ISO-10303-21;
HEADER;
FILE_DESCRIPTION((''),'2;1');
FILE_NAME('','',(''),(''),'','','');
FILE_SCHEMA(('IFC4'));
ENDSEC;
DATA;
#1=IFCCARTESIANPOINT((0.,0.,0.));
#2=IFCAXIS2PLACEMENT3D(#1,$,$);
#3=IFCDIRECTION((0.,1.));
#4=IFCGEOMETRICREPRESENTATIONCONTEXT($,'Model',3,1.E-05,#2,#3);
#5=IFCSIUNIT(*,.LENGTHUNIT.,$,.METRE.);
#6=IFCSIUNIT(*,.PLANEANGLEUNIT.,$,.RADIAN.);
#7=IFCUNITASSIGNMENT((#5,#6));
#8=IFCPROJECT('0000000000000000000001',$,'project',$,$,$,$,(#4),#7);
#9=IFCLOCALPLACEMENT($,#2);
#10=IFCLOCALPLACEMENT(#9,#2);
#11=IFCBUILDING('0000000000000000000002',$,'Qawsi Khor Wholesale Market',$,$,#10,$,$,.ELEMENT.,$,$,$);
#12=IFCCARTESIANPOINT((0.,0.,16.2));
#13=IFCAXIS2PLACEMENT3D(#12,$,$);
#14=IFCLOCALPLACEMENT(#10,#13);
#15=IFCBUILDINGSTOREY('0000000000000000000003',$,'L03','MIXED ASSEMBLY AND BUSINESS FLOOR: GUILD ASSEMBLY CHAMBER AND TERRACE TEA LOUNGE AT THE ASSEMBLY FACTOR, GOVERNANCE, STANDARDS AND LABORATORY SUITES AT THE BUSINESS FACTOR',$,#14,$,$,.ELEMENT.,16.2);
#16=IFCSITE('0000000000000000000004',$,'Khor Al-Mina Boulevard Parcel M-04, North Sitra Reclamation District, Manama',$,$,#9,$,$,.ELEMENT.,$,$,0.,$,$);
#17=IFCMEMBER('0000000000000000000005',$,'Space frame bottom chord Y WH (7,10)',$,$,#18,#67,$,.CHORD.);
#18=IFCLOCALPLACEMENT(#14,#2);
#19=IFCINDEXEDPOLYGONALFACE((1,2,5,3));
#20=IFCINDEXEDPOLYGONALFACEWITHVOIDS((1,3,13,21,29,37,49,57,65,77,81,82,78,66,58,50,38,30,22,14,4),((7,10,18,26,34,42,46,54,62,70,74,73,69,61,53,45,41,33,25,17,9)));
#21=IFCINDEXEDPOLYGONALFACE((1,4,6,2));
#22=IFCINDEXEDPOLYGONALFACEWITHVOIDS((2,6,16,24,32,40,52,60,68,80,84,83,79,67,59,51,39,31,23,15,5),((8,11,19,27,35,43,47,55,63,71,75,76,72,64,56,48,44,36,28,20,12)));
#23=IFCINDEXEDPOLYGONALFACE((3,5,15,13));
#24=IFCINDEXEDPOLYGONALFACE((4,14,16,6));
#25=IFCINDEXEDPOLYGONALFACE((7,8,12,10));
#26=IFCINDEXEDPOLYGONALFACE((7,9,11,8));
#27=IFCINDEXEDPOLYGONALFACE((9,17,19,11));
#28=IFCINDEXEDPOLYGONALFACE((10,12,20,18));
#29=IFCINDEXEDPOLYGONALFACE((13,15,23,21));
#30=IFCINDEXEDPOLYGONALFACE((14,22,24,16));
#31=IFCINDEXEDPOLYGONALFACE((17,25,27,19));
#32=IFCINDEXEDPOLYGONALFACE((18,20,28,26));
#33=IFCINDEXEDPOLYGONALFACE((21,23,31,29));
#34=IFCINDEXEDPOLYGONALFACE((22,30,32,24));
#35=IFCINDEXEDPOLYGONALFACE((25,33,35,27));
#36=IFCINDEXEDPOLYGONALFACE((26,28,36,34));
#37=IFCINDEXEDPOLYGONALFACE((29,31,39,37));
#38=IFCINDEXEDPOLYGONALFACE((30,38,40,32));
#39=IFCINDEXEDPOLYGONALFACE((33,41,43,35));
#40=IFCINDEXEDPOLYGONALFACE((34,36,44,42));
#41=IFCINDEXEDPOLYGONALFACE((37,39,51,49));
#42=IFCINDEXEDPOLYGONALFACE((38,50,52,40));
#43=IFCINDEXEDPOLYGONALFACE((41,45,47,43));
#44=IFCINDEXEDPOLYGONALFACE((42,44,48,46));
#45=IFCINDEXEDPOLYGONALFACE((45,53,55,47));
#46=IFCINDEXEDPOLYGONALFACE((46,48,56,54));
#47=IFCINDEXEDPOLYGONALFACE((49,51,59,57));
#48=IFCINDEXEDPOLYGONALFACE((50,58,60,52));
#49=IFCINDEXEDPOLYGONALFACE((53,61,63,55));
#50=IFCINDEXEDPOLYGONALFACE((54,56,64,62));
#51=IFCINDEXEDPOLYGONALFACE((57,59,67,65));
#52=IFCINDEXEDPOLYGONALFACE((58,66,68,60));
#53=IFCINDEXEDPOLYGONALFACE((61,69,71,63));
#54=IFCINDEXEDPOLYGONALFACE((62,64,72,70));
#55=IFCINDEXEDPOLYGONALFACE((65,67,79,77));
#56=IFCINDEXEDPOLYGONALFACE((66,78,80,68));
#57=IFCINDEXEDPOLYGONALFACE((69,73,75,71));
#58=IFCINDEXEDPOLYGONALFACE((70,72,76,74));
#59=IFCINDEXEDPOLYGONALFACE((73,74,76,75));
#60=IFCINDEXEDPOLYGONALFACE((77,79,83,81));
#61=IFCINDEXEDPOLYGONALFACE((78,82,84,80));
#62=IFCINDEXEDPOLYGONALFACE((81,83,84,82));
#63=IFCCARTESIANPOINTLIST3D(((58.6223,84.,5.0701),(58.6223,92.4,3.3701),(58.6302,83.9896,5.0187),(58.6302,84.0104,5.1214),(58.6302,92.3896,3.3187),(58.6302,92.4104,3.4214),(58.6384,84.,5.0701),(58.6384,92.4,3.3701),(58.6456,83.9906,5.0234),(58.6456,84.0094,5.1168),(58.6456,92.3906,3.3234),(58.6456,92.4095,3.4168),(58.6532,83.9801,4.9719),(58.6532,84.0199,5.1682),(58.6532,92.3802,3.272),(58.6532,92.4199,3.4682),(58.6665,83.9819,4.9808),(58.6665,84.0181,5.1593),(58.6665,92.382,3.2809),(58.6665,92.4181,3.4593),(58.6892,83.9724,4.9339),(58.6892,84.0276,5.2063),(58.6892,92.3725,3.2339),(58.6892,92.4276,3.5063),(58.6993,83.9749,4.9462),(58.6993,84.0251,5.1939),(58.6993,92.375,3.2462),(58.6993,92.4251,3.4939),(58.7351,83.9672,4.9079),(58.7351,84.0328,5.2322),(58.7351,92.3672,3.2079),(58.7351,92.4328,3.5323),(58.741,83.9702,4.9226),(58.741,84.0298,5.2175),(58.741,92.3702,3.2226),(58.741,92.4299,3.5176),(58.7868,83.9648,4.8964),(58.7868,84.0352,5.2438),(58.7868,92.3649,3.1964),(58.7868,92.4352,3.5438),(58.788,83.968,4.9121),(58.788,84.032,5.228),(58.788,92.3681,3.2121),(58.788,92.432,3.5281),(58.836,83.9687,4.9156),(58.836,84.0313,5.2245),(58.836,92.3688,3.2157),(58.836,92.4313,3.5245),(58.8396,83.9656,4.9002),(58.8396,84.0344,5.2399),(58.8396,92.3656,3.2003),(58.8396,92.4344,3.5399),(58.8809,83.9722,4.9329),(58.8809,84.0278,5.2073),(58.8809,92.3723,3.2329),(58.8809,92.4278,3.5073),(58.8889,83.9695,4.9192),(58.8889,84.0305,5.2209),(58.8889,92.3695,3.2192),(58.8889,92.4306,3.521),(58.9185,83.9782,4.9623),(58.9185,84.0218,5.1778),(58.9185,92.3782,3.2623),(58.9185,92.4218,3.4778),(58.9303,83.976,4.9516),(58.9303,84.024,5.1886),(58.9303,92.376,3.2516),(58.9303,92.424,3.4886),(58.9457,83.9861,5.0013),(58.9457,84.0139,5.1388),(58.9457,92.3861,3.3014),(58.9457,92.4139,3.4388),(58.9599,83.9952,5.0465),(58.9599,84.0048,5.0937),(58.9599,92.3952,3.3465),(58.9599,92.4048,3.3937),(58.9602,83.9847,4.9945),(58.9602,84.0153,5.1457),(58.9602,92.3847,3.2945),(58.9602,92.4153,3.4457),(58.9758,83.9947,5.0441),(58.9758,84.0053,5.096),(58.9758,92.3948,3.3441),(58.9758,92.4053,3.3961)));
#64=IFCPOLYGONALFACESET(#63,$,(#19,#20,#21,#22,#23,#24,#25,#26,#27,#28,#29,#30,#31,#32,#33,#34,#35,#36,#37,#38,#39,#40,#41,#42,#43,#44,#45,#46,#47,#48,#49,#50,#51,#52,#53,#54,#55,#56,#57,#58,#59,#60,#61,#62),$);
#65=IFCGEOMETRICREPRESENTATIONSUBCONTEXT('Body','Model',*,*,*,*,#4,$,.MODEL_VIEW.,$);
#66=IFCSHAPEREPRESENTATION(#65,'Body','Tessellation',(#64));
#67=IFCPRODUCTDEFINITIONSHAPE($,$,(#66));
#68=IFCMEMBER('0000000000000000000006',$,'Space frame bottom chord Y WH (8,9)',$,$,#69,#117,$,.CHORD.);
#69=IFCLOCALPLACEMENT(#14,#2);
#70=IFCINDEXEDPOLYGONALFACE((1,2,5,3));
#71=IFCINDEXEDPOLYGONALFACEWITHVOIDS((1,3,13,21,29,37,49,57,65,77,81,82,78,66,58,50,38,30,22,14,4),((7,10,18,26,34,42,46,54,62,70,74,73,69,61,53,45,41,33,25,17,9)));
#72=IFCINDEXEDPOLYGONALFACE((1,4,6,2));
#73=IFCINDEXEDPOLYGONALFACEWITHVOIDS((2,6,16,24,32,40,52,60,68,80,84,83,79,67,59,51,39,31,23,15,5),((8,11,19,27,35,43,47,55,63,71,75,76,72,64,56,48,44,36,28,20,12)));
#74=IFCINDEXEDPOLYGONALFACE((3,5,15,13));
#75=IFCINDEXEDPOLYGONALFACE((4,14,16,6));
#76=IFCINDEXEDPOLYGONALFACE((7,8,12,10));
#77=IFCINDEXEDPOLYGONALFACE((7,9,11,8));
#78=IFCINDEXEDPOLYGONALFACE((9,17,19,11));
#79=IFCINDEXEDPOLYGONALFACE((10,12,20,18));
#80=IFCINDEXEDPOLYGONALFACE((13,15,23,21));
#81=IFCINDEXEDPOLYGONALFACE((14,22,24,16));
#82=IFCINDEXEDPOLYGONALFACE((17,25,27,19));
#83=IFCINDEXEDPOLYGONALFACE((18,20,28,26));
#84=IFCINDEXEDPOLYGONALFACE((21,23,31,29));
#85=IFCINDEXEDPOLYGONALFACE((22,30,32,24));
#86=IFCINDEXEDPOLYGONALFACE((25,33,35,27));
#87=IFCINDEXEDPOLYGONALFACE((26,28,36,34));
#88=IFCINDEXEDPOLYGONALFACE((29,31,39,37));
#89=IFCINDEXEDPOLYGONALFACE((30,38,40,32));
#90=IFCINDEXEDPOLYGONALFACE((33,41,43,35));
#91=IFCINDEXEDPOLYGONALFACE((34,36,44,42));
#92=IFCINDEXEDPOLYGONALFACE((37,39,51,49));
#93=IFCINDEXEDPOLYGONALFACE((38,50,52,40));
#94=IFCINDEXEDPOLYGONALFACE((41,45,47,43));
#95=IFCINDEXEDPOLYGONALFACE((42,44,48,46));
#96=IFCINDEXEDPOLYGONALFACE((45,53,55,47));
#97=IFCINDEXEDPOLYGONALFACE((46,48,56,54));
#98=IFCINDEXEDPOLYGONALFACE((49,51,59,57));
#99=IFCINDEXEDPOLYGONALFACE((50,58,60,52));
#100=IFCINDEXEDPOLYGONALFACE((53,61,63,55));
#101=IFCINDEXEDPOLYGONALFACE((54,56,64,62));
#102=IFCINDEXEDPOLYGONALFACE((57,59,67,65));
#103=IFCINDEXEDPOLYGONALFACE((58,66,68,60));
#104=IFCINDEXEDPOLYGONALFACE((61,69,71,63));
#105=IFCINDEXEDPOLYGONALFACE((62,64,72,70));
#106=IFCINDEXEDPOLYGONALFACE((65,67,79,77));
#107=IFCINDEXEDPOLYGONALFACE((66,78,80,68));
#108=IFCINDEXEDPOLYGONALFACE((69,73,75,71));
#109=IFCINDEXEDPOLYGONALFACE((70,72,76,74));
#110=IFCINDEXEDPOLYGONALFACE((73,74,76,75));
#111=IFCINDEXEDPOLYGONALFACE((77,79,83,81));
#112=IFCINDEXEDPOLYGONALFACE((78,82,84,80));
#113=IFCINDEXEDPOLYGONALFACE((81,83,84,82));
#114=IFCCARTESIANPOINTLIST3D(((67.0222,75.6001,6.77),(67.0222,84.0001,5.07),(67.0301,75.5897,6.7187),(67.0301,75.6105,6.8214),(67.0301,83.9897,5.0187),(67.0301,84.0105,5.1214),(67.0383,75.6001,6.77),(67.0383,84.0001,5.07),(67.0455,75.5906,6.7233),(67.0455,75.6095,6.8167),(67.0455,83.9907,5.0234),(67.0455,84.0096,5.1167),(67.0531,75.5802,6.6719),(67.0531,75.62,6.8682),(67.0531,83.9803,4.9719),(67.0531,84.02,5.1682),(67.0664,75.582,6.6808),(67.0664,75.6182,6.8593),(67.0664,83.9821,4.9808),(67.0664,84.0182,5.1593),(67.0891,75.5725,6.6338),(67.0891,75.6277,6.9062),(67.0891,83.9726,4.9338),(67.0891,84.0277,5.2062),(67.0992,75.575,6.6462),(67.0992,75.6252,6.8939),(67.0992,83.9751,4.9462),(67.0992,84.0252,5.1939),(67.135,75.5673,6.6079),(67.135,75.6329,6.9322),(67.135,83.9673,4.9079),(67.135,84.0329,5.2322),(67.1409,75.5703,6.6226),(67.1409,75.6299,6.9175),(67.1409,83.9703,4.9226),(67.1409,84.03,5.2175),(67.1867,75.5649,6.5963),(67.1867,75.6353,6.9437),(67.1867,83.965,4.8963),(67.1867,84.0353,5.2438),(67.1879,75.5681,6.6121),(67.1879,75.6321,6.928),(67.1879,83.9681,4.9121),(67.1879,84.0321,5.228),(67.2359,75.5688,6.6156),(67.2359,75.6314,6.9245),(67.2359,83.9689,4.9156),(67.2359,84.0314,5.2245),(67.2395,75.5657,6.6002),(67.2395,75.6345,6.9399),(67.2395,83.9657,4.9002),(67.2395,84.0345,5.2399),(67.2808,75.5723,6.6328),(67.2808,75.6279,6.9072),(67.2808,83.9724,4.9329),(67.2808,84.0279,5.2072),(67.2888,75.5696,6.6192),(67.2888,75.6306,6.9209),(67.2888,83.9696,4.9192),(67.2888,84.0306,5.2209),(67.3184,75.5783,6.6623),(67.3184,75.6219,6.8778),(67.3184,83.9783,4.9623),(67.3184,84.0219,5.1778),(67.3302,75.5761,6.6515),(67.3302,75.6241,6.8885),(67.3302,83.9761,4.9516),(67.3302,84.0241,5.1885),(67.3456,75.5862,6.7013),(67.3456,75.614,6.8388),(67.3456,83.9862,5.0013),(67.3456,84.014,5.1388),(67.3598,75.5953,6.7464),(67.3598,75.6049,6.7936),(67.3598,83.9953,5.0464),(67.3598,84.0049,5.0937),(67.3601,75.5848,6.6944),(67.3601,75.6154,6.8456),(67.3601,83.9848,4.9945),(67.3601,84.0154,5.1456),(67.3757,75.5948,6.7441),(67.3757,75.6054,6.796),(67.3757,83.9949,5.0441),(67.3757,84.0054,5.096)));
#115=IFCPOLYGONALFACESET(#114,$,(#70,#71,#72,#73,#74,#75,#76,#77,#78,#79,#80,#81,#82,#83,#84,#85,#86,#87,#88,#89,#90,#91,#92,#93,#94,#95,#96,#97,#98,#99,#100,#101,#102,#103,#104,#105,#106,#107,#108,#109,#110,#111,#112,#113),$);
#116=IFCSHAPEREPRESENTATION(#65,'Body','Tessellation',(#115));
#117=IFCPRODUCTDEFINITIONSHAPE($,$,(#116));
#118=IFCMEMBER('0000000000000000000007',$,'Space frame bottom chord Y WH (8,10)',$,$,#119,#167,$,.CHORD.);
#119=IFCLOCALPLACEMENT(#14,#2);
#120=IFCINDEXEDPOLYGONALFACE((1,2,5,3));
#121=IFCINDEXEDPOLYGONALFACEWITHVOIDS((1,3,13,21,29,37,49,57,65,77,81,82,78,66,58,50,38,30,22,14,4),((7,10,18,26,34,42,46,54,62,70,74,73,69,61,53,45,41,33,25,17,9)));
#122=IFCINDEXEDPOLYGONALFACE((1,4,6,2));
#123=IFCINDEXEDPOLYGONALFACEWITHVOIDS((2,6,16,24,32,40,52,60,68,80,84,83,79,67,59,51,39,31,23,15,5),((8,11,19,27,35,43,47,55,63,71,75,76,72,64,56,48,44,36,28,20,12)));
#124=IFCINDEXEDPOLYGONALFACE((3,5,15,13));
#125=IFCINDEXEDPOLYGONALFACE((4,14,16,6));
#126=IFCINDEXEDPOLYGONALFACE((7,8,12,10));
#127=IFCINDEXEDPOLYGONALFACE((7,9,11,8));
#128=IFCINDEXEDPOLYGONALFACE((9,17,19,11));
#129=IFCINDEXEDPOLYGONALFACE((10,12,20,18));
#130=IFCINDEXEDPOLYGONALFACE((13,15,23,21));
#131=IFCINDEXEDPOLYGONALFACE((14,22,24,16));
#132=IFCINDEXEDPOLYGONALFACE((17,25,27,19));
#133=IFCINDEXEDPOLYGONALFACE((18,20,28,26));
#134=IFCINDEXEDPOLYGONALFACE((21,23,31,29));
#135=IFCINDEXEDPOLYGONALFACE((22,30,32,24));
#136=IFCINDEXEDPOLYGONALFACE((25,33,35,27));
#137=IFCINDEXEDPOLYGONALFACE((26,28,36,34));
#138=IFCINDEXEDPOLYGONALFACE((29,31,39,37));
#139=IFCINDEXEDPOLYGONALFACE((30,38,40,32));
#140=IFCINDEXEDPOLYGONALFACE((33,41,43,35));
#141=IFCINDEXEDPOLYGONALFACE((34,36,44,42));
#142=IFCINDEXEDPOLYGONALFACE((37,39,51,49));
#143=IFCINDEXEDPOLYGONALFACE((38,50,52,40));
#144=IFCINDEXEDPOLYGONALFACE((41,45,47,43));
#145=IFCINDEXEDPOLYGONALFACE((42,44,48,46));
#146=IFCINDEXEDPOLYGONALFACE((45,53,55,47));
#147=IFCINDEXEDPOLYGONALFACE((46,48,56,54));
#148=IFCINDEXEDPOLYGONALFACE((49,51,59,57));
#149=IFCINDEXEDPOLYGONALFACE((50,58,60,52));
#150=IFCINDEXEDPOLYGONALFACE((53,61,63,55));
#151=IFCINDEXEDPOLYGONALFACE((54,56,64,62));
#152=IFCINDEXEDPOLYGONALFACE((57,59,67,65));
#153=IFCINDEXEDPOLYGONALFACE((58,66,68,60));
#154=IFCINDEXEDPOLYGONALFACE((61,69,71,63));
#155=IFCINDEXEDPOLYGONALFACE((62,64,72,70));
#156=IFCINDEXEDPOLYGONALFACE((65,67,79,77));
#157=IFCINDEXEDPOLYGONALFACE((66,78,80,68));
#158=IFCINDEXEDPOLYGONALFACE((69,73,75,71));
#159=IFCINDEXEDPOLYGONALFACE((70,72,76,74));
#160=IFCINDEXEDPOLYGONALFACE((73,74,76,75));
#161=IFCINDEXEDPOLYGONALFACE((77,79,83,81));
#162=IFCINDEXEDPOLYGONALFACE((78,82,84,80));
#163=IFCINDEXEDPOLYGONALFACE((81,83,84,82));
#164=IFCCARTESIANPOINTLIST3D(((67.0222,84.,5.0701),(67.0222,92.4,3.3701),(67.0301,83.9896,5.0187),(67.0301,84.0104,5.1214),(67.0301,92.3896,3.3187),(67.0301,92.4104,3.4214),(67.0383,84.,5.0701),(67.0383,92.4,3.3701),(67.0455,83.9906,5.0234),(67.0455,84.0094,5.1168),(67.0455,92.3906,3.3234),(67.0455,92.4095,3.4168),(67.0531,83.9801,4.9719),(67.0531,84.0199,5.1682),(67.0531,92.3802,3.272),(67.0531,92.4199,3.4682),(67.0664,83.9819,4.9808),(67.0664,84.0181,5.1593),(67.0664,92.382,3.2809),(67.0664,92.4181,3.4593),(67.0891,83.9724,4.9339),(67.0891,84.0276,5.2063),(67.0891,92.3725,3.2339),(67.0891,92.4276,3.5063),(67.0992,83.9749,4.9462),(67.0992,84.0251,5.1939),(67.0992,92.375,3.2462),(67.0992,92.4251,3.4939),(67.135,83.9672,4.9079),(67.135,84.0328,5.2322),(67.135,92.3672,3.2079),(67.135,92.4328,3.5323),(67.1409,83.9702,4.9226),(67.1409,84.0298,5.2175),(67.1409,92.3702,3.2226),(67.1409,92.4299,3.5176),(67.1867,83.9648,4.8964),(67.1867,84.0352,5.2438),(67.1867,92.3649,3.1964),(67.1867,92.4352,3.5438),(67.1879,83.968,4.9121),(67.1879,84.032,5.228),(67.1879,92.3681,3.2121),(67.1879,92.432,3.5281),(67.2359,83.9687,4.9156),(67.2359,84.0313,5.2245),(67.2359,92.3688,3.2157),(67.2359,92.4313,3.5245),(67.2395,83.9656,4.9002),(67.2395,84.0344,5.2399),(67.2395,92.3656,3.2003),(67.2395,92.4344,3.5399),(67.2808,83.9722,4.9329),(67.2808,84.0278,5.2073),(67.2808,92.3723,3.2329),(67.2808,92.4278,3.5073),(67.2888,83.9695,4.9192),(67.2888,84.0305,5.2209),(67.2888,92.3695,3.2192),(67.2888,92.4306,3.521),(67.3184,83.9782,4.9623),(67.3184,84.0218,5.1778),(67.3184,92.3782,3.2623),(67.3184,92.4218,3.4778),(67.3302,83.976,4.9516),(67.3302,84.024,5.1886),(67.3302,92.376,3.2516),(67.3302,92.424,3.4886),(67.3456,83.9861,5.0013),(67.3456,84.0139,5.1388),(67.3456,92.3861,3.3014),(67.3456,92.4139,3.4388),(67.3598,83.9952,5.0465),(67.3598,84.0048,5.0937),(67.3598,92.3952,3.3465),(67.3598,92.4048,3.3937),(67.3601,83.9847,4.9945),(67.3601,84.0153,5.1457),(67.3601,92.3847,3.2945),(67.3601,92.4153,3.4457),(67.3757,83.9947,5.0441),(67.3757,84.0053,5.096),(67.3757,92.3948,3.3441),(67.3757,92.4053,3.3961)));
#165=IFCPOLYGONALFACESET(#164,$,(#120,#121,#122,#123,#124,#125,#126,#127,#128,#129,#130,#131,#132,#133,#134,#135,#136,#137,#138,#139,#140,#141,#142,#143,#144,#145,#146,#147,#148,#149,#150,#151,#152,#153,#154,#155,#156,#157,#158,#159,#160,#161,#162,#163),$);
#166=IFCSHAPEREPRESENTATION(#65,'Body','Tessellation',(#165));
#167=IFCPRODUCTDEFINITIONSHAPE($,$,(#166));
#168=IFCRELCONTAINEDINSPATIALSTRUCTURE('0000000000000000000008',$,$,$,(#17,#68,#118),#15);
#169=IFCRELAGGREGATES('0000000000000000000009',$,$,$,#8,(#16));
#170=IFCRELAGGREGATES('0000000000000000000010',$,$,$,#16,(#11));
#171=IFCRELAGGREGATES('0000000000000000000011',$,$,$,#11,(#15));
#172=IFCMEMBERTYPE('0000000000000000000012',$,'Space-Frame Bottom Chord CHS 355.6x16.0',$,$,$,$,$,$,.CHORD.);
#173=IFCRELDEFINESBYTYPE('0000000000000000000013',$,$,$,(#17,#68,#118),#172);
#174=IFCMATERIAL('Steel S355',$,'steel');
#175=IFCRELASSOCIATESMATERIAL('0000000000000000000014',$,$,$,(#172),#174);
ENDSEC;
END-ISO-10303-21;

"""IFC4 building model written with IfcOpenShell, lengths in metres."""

from ifc_helpers import new_model, si_unit, direction, frame, origin, origin_2d, place, context, subcontext, project, spatial, hollow_circle, extrude, material, material_profile, profile_set, type_object, element, save


model = new_model("IFC4")

# Units and contexts
model_context = context("Model", 3, precision=1e-05, world=origin(), true_north=direction((0.0, 1.0)))
body_context = subcontext(model_context, "Body", "Model", "MODEL_VIEW")
ifc_project = project(units=[si_unit("LENGTHUNIT", "METRE"), si_unit("PLANEANGLEUNIT", "RADIAN")], contexts=[model_context])

# Site, building, storey
site_placement = place(None, origin())
site = spatial("IfcSite", under=ifc_project, at=site_placement, Name="Khor Al-Mina Boulevard Parcel M-04, North Sitra Reclamation District, Manama", CompositionType="ELEMENT", RefElevation=0.0)
building_placement = place(site_placement, origin())
building = spatial("IfcBuilding", under=site, at=building_placement, Name="Qawsi Khor Wholesale Market", CompositionType="ELEMENT")
storey_placement = place(building_placement, frame((0.0, 0.0, 16.2)))
storey = spatial("IfcBuildingStorey", under=building, at=storey_placement, Name="L03", Description="MIXED ASSEMBLY AND BUSINESS FLOOR: GUILD ASSEMBLY CHAMBER AND TERRACE TEA LOUNGE AT THE ASSEMBLY FACTOR, GOVERNANCE, STANDARDS AND LABORATORY SUITES AT THE BUSINESS FACTOR", CompositionType="ELEMENT", Elevation=16.2)

# Members
ifc_material_1 = material(Name="Steel S355", Category="steel")
ifc_material_profile_1 = material_profile(ifc_material_1, hollow_circle(Radius=0.1777, WallThickness=0.0161, at=origin_2d()), Name="CHS 355.6x16.0")
ifc_profile_set_1 = profile_set([ifc_material_profile_1], Name="Steel S355")
member_type_1 = type_object("IfcMemberType", Name="Space-Frame Bottom Chord CHS 355.6x16.0", PredefinedType="CHORD", material=ifc_profile_set_1)
for number, where, z_axis, x_axis, name in (
    (1, (58.8, 84.0, 5.0701), (0.0, 0.98013, -0.198356), (-1.0, 0.0, 0.0), "Space frame bottom chord Y WH (7,10)"),
    (2, (67.2, 75.6001, 6.77), (0.0, 0.98013, -0.198356), (-1.0, 0.0, 0.0), "Space frame bottom chord Y WH (8,9)"),
    (3, (67.2, 84.0, 5.0701), (0.0, 0.98013, -0.198356), (-1.0, 0.0, 0.0), "Space frame bottom chord Y WH (8,10)"),
):
    element("IfcMember", number, at=place(storey_placement, frame(where, z_axis=z_axis, x_axis=x_axis)), inside=storey, type_object=member_type_1, Name=name, PredefinedType="CHORD", context=body_context, shape_type="SweptSolid", body=[
        extrude(hollow_circle(Radius=0.1777, WallThickness=0.0161, at=origin_2d()), origin(), (0.0, 0.0, 1.0), 8.5703),
    ])

save(model, "model.ifc")
